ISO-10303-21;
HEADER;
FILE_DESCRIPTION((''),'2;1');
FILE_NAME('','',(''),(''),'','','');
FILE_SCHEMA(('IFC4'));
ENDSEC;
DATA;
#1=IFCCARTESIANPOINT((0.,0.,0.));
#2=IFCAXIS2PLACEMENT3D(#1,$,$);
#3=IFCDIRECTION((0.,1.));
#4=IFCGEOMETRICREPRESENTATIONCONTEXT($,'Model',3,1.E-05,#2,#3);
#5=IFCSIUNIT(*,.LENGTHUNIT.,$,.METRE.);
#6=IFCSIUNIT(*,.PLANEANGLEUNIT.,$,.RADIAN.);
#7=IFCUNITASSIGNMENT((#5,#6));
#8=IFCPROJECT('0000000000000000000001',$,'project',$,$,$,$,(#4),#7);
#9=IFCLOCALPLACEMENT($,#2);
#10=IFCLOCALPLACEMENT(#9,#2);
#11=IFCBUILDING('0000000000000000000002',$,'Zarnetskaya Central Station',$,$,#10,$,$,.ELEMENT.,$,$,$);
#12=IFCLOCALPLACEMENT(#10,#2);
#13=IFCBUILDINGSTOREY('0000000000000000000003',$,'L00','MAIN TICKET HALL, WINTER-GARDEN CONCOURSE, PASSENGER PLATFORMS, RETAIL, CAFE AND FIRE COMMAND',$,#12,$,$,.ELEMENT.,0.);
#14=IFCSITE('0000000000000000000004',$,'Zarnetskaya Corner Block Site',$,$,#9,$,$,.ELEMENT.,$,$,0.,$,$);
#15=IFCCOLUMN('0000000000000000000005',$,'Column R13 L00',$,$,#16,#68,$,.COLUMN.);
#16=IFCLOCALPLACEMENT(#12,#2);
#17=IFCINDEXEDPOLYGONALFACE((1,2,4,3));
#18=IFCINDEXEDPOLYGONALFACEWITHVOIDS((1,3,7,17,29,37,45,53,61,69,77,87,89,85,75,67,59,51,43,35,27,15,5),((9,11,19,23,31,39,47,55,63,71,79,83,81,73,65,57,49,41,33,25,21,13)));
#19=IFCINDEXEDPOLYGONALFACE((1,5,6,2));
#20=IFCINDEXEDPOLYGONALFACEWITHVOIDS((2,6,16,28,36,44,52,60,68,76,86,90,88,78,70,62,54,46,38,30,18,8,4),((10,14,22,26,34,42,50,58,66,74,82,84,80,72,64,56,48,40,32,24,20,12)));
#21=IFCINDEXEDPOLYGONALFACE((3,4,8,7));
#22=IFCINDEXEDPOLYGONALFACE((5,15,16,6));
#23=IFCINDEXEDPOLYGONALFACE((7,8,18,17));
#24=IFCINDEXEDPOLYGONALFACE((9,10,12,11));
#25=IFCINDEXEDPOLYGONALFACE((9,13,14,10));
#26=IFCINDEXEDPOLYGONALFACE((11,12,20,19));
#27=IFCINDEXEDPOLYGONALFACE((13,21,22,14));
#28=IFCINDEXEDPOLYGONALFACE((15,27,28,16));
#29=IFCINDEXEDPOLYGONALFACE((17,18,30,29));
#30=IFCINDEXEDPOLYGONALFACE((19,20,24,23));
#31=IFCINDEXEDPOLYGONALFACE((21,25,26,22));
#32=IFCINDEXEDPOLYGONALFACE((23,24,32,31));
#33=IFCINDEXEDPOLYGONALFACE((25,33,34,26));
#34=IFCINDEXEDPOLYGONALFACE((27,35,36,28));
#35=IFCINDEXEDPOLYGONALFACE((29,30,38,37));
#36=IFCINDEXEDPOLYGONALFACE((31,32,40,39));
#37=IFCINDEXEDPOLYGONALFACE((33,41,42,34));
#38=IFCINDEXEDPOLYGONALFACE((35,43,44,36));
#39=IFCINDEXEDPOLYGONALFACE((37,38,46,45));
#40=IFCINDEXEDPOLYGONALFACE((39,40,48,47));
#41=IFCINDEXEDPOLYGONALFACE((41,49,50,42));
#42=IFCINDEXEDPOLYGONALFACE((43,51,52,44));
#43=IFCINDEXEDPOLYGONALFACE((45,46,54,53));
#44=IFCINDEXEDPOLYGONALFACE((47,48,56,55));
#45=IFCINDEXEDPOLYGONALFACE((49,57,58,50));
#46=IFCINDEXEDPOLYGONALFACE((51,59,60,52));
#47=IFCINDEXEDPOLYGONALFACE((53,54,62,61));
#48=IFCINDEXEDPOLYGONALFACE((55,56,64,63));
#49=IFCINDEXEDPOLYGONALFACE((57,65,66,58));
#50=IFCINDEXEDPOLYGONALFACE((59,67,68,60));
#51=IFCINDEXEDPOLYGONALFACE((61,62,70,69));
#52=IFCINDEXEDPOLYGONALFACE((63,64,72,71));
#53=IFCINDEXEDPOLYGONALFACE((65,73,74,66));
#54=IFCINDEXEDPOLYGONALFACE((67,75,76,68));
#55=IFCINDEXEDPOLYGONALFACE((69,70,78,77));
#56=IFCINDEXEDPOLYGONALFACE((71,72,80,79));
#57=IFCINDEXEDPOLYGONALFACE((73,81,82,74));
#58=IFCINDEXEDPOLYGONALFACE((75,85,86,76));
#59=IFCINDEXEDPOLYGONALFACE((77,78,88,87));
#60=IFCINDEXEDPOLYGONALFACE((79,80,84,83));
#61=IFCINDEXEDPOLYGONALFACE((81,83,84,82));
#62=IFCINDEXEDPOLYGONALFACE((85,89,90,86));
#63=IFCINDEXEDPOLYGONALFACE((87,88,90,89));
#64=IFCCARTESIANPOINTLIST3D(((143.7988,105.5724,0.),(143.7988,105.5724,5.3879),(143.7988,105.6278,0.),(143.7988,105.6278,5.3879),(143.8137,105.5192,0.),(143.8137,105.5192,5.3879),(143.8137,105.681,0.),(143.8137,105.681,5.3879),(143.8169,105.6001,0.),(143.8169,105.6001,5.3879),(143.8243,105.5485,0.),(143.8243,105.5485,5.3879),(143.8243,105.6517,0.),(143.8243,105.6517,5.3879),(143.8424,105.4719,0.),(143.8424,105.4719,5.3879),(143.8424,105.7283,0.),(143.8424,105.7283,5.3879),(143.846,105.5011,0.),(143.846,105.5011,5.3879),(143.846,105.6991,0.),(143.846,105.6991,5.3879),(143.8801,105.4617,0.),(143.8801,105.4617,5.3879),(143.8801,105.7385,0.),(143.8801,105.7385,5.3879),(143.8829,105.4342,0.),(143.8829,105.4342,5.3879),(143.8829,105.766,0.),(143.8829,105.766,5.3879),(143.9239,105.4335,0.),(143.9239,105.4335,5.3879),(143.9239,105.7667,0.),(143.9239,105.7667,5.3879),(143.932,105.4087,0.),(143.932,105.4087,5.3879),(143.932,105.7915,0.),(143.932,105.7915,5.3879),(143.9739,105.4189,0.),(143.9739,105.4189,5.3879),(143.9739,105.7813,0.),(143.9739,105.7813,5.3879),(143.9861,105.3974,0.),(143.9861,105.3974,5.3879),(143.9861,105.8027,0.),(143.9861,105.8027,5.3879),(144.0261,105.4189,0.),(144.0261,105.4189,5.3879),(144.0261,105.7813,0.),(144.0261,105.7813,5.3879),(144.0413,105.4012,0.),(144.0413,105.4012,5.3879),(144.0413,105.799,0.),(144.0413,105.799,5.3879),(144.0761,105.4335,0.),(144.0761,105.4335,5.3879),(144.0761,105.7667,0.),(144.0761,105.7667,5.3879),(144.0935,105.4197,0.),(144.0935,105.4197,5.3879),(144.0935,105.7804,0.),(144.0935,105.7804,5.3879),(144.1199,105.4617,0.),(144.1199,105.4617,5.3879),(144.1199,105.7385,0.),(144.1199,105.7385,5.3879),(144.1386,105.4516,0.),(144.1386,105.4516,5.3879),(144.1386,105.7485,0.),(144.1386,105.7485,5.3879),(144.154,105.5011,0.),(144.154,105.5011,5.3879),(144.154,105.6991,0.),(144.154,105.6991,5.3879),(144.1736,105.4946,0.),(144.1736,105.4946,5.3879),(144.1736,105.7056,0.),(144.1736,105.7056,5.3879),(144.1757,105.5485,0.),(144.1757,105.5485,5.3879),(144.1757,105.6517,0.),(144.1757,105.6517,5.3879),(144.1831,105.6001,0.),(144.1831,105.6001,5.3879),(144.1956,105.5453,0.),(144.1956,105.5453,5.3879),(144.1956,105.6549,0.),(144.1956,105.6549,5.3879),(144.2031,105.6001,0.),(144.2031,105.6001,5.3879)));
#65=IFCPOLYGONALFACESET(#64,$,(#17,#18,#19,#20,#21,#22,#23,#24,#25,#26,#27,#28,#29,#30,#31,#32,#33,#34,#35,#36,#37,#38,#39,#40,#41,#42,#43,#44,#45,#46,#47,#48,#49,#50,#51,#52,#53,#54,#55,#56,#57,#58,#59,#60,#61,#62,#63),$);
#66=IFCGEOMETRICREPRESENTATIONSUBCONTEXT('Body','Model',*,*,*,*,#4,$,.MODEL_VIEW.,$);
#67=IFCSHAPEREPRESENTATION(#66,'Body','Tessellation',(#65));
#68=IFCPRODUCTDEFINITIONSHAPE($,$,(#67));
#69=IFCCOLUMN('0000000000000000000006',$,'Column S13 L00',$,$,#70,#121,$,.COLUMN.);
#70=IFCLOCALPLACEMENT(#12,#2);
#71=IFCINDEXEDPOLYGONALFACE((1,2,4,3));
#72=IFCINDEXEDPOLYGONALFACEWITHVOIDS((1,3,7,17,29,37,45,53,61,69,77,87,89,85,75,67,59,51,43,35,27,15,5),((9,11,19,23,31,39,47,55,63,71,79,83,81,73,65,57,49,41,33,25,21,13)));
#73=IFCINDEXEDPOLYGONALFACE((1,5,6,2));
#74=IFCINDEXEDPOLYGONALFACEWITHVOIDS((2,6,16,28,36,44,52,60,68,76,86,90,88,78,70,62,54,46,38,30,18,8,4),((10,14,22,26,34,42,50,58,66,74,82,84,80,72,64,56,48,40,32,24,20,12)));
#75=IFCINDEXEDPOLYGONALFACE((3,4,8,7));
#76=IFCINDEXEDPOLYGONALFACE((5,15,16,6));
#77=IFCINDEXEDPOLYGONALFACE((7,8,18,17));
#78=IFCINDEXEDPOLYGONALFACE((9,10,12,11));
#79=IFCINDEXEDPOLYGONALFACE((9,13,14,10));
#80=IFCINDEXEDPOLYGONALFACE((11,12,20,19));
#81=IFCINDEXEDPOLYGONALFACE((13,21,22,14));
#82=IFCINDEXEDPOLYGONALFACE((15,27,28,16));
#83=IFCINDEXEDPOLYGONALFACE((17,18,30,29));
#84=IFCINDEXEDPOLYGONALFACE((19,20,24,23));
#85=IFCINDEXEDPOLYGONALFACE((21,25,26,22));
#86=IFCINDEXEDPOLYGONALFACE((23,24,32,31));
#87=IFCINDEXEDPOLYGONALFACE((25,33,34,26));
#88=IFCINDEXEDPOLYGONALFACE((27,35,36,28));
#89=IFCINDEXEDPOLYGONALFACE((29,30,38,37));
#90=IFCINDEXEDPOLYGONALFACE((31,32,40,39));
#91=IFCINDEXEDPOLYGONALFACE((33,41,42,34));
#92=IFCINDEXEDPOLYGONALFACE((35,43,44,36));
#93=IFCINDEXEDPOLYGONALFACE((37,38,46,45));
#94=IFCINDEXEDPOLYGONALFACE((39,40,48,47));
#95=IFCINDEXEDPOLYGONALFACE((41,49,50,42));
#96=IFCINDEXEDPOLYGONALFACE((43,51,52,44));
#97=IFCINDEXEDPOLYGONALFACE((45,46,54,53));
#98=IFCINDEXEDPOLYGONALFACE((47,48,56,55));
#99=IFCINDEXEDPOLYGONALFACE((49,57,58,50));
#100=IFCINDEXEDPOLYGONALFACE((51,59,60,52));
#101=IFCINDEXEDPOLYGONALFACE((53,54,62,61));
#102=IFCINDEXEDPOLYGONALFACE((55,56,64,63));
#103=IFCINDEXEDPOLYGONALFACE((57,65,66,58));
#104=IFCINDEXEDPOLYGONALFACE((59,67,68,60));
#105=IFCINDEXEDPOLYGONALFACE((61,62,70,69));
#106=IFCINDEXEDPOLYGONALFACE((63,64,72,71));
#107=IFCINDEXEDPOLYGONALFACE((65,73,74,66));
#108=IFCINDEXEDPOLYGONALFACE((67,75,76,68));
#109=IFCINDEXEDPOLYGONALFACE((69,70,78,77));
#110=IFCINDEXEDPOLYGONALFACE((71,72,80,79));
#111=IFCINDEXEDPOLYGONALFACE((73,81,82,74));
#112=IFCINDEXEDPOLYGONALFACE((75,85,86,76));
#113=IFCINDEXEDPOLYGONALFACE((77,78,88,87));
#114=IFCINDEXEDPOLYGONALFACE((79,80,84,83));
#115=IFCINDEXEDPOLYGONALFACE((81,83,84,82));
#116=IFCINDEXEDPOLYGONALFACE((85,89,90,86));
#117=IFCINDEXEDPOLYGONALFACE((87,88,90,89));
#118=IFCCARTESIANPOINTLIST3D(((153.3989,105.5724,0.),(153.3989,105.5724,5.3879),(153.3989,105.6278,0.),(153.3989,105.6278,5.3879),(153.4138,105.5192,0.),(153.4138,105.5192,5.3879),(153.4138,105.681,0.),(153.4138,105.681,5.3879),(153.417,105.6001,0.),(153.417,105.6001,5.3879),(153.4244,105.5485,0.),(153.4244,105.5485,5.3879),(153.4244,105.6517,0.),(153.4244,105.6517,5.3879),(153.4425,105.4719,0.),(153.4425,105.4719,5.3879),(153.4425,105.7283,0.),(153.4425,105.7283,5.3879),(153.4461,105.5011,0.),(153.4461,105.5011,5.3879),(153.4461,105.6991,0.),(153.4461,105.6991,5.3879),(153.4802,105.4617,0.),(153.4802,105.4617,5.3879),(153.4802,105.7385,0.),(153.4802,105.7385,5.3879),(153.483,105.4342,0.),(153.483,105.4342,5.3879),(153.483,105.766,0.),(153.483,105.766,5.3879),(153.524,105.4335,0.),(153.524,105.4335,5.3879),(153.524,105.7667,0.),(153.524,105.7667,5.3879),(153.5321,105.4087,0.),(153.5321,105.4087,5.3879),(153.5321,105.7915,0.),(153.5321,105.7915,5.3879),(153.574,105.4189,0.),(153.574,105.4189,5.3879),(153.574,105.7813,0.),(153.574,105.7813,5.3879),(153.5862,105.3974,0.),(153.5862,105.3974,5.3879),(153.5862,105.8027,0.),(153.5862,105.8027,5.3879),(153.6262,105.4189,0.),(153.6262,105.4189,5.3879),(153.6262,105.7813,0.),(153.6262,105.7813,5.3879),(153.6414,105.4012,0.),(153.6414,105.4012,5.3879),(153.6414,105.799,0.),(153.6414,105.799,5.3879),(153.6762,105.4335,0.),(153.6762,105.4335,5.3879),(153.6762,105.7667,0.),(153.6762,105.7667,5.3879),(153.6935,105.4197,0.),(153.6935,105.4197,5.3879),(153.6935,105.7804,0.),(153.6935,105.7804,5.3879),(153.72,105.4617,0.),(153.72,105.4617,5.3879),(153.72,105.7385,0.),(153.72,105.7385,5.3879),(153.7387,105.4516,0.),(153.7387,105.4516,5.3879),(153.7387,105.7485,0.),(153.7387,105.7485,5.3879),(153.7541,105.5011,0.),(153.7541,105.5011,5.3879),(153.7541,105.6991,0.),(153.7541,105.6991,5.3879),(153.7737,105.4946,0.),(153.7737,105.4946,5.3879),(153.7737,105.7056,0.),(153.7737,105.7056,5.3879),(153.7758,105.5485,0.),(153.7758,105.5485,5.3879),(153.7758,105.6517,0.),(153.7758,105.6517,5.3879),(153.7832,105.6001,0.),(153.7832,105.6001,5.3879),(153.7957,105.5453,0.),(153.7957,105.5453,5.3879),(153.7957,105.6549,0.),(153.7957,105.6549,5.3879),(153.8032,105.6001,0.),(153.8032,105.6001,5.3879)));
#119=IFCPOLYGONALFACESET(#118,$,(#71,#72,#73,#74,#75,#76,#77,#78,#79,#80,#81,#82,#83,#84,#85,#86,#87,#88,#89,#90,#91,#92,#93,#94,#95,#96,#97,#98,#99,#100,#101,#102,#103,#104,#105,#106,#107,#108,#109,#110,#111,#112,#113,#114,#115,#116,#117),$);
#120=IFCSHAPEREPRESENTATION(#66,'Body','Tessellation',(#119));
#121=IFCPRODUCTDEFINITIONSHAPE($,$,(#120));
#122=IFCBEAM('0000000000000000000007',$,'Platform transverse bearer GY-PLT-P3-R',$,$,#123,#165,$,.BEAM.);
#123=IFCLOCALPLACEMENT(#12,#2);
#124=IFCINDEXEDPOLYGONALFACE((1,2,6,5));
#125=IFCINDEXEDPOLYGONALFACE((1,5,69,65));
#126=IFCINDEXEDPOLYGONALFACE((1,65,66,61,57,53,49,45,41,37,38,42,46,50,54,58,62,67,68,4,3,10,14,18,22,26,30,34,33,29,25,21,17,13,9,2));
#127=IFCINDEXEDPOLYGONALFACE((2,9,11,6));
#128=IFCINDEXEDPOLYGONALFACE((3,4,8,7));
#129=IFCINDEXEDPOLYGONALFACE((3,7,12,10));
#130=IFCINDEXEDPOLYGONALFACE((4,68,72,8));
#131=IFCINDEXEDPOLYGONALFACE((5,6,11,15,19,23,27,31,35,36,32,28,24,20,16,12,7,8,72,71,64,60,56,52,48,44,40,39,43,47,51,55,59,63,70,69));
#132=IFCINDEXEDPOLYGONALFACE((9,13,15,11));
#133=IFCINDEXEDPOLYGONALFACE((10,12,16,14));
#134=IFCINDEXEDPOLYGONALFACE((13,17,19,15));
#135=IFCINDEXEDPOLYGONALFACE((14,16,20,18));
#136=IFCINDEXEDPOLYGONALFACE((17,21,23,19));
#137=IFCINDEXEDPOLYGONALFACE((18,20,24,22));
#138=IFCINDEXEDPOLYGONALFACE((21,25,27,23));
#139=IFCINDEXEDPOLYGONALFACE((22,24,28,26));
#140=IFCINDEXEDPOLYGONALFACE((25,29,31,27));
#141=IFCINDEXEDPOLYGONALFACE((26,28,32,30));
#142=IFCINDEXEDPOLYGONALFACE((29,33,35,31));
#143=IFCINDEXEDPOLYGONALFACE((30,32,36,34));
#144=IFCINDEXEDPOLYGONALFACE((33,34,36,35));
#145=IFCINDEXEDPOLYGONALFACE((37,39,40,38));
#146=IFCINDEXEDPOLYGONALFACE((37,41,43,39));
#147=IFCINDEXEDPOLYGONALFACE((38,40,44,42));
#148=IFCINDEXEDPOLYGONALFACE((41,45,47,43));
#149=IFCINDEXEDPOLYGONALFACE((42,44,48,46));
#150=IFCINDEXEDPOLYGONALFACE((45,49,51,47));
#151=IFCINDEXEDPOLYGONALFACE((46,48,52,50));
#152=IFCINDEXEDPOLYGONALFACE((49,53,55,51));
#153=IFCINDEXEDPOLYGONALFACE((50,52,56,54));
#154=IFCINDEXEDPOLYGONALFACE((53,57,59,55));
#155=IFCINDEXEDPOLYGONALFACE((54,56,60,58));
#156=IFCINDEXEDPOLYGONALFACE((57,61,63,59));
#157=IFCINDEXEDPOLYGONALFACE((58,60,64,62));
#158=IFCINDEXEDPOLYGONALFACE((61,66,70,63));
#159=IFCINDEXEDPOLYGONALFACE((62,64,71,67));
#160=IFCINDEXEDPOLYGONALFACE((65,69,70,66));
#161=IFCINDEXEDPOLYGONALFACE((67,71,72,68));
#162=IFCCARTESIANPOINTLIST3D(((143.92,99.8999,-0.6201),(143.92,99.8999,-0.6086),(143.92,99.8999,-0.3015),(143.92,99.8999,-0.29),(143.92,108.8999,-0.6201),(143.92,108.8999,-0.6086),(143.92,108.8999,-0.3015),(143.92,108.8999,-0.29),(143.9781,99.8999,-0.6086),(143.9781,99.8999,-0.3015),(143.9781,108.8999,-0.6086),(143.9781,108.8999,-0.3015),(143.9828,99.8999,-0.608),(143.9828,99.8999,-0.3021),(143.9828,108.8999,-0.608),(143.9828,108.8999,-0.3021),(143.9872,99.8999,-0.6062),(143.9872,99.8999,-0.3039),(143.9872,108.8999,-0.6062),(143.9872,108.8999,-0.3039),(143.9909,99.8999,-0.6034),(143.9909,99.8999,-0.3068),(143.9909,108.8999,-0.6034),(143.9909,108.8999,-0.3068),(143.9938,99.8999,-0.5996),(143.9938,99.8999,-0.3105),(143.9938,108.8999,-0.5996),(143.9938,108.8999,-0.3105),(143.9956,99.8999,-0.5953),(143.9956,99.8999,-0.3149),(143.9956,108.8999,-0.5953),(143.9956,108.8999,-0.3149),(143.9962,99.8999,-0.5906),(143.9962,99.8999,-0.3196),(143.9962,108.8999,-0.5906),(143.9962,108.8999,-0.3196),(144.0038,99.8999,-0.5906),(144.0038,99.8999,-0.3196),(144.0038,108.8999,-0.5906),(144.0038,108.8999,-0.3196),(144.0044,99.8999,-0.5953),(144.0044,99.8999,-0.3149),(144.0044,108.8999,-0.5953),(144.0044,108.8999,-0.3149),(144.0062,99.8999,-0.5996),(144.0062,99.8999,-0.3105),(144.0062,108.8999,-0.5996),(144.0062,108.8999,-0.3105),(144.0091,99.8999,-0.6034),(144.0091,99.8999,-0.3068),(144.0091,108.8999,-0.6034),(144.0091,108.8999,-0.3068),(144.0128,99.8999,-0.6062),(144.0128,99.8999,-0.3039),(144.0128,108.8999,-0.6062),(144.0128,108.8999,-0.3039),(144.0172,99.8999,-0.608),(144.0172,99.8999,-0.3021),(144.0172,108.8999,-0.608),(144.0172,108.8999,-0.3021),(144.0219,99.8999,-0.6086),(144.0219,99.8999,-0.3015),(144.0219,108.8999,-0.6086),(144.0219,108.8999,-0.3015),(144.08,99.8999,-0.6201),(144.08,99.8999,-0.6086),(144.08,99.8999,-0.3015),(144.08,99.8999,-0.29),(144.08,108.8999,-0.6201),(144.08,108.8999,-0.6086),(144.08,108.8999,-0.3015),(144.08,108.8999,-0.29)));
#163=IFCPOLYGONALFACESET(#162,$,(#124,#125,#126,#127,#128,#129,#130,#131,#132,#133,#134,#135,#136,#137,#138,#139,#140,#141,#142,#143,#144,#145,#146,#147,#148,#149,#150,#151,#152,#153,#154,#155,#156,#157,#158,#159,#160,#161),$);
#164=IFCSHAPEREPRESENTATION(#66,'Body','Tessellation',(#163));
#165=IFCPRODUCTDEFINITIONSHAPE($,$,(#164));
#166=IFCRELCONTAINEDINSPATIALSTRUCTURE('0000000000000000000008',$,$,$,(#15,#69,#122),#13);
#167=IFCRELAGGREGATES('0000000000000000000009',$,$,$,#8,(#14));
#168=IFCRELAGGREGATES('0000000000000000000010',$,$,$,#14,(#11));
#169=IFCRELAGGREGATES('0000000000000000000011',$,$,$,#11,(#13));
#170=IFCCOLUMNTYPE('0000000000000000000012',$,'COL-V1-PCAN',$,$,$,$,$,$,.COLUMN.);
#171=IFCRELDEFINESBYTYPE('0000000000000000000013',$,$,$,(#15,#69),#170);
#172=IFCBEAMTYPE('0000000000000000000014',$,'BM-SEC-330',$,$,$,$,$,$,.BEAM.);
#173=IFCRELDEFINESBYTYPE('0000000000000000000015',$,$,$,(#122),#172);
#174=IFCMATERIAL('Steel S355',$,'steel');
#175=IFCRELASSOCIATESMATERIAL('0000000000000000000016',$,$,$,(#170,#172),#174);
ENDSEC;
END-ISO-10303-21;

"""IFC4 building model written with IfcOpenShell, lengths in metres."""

from ifc_helpers import new_model, si_unit, direction, frame, origin, origin_2d, place, context, subcontext, project, spatial, hollow_circle, i_section, extrude, material, material_profile, profile_set, type_object, element, save


model = new_model("IFC4")

# Units and contexts
model_context = context("Model", 3, precision=1e-05, world=origin(), true_north=direction((0.0, 1.0)))
body_context = subcontext(model_context, "Body", "Model", "MODEL_VIEW")
ifc_project = project(units=[si_unit("LENGTHUNIT", "METRE"), si_unit("PLANEANGLEUNIT", "RADIAN")], contexts=[model_context])

# Site, building, storey
site_placement = place(None, origin())
site = spatial("IfcSite", under=ifc_project, at=site_placement, Name="Zarnetskaya Corner Block Site", CompositionType="ELEMENT", RefElevation=0.0)
building_placement = place(site_placement, origin())
building = spatial("IfcBuilding", under=site, at=building_placement, Name="Zarnetskaya Central Station", CompositionType="ELEMENT")
storey_placement = place(building_placement, origin())
storey = spatial("IfcBuildingStorey", under=building, at=storey_placement, Name="L00", Description="MAIN TICKET HALL, WINTER-GARDEN CONCOURSE, PASSENGER PLATFORMS, RETAIL, CAFE AND FIRE COMMAND", CompositionType="ELEMENT", Elevation=0.0)

# Columns
ifc_material = material(Name="Steel S355", Category="steel")
ifc_material_profile_1 = material_profile(ifc_material, hollow_circle(Radius=0.2031, WallThickness=0.02, at=origin_2d()), Name="CHS 406.4x20")
ifc_profile_set_1 = profile_set([ifc_material_profile_1], Name="Steel S355")
column_type = type_object("IfcColumnType", Name="COL-V1-PCAN", PredefinedType="COLUMN", material=ifc_profile_set_1)
for number, where, z_axis, x_axis, name in (
    (1, (144.0, 105.6001, 0.0), (0.0, 0.0, 1.0), (1.0, 0.0, 0.0), "Column R13 L00"),
    (2, (153.6001, 105.6001, 0.0), (0.0, 0.0, 1.0), (1.0, 0.0, 0.0), "Column S13 L00"),
):
    element("IfcColumn", number, at=place(storey_placement, frame(where, z_axis=z_axis, x_axis=x_axis)), inside=storey, type_object=column_type, Name=name, PredefinedType="COLUMN", context=body_context, shape_type="SweptSolid", body=[
        extrude(hollow_circle(Radius=0.2031, WallThickness=0.02, at=origin_2d()), origin(), (0.0, 0.0, 1.0), 5.3879),
    ])

# Beam
ifc_material_profile_2 = material_profile(ifc_material, i_section(OverallWidth=0.1599, OverallDepth=0.3301, WebThickness=0.0076, FlangeThickness=0.0115, FilletRadius=0.0181, at=origin_2d()), Name="IPE 330")
ifc_profile_set_2 = profile_set([ifc_material_profile_2], Name="Steel S355")
beam_type_1 = type_object("IfcBeamType", Name="BM-SEC-330", PredefinedType="BEAM", material=ifc_profile_set_2)
for number, where, z_axis, x_axis, name in (
    (3, (144.0, 99.8999, -0.4551), (0.0, 1.0, 0.0), (-1.0, 0.0, 0.0), "Platform transverse bearer GY-PLT-P3-R"),
):
    element("IfcBeam", number, at=place(storey_placement, frame(where, z_axis=z_axis, x_axis=x_axis)), inside=storey, type_object=beam_type_1, Name=name, PredefinedType="BEAM", context=body_context, shape_type="SweptSolid", body=[
        extrude(i_section(OverallWidth=0.1599, OverallDepth=0.3301, WebThickness=0.0076, FlangeThickness=0.0115, FilletRadius=0.0181, at=origin_2d()), origin(), (0.0, 0.0, 1.0), 9.0),
    ])

save(model, "model.ifc")
